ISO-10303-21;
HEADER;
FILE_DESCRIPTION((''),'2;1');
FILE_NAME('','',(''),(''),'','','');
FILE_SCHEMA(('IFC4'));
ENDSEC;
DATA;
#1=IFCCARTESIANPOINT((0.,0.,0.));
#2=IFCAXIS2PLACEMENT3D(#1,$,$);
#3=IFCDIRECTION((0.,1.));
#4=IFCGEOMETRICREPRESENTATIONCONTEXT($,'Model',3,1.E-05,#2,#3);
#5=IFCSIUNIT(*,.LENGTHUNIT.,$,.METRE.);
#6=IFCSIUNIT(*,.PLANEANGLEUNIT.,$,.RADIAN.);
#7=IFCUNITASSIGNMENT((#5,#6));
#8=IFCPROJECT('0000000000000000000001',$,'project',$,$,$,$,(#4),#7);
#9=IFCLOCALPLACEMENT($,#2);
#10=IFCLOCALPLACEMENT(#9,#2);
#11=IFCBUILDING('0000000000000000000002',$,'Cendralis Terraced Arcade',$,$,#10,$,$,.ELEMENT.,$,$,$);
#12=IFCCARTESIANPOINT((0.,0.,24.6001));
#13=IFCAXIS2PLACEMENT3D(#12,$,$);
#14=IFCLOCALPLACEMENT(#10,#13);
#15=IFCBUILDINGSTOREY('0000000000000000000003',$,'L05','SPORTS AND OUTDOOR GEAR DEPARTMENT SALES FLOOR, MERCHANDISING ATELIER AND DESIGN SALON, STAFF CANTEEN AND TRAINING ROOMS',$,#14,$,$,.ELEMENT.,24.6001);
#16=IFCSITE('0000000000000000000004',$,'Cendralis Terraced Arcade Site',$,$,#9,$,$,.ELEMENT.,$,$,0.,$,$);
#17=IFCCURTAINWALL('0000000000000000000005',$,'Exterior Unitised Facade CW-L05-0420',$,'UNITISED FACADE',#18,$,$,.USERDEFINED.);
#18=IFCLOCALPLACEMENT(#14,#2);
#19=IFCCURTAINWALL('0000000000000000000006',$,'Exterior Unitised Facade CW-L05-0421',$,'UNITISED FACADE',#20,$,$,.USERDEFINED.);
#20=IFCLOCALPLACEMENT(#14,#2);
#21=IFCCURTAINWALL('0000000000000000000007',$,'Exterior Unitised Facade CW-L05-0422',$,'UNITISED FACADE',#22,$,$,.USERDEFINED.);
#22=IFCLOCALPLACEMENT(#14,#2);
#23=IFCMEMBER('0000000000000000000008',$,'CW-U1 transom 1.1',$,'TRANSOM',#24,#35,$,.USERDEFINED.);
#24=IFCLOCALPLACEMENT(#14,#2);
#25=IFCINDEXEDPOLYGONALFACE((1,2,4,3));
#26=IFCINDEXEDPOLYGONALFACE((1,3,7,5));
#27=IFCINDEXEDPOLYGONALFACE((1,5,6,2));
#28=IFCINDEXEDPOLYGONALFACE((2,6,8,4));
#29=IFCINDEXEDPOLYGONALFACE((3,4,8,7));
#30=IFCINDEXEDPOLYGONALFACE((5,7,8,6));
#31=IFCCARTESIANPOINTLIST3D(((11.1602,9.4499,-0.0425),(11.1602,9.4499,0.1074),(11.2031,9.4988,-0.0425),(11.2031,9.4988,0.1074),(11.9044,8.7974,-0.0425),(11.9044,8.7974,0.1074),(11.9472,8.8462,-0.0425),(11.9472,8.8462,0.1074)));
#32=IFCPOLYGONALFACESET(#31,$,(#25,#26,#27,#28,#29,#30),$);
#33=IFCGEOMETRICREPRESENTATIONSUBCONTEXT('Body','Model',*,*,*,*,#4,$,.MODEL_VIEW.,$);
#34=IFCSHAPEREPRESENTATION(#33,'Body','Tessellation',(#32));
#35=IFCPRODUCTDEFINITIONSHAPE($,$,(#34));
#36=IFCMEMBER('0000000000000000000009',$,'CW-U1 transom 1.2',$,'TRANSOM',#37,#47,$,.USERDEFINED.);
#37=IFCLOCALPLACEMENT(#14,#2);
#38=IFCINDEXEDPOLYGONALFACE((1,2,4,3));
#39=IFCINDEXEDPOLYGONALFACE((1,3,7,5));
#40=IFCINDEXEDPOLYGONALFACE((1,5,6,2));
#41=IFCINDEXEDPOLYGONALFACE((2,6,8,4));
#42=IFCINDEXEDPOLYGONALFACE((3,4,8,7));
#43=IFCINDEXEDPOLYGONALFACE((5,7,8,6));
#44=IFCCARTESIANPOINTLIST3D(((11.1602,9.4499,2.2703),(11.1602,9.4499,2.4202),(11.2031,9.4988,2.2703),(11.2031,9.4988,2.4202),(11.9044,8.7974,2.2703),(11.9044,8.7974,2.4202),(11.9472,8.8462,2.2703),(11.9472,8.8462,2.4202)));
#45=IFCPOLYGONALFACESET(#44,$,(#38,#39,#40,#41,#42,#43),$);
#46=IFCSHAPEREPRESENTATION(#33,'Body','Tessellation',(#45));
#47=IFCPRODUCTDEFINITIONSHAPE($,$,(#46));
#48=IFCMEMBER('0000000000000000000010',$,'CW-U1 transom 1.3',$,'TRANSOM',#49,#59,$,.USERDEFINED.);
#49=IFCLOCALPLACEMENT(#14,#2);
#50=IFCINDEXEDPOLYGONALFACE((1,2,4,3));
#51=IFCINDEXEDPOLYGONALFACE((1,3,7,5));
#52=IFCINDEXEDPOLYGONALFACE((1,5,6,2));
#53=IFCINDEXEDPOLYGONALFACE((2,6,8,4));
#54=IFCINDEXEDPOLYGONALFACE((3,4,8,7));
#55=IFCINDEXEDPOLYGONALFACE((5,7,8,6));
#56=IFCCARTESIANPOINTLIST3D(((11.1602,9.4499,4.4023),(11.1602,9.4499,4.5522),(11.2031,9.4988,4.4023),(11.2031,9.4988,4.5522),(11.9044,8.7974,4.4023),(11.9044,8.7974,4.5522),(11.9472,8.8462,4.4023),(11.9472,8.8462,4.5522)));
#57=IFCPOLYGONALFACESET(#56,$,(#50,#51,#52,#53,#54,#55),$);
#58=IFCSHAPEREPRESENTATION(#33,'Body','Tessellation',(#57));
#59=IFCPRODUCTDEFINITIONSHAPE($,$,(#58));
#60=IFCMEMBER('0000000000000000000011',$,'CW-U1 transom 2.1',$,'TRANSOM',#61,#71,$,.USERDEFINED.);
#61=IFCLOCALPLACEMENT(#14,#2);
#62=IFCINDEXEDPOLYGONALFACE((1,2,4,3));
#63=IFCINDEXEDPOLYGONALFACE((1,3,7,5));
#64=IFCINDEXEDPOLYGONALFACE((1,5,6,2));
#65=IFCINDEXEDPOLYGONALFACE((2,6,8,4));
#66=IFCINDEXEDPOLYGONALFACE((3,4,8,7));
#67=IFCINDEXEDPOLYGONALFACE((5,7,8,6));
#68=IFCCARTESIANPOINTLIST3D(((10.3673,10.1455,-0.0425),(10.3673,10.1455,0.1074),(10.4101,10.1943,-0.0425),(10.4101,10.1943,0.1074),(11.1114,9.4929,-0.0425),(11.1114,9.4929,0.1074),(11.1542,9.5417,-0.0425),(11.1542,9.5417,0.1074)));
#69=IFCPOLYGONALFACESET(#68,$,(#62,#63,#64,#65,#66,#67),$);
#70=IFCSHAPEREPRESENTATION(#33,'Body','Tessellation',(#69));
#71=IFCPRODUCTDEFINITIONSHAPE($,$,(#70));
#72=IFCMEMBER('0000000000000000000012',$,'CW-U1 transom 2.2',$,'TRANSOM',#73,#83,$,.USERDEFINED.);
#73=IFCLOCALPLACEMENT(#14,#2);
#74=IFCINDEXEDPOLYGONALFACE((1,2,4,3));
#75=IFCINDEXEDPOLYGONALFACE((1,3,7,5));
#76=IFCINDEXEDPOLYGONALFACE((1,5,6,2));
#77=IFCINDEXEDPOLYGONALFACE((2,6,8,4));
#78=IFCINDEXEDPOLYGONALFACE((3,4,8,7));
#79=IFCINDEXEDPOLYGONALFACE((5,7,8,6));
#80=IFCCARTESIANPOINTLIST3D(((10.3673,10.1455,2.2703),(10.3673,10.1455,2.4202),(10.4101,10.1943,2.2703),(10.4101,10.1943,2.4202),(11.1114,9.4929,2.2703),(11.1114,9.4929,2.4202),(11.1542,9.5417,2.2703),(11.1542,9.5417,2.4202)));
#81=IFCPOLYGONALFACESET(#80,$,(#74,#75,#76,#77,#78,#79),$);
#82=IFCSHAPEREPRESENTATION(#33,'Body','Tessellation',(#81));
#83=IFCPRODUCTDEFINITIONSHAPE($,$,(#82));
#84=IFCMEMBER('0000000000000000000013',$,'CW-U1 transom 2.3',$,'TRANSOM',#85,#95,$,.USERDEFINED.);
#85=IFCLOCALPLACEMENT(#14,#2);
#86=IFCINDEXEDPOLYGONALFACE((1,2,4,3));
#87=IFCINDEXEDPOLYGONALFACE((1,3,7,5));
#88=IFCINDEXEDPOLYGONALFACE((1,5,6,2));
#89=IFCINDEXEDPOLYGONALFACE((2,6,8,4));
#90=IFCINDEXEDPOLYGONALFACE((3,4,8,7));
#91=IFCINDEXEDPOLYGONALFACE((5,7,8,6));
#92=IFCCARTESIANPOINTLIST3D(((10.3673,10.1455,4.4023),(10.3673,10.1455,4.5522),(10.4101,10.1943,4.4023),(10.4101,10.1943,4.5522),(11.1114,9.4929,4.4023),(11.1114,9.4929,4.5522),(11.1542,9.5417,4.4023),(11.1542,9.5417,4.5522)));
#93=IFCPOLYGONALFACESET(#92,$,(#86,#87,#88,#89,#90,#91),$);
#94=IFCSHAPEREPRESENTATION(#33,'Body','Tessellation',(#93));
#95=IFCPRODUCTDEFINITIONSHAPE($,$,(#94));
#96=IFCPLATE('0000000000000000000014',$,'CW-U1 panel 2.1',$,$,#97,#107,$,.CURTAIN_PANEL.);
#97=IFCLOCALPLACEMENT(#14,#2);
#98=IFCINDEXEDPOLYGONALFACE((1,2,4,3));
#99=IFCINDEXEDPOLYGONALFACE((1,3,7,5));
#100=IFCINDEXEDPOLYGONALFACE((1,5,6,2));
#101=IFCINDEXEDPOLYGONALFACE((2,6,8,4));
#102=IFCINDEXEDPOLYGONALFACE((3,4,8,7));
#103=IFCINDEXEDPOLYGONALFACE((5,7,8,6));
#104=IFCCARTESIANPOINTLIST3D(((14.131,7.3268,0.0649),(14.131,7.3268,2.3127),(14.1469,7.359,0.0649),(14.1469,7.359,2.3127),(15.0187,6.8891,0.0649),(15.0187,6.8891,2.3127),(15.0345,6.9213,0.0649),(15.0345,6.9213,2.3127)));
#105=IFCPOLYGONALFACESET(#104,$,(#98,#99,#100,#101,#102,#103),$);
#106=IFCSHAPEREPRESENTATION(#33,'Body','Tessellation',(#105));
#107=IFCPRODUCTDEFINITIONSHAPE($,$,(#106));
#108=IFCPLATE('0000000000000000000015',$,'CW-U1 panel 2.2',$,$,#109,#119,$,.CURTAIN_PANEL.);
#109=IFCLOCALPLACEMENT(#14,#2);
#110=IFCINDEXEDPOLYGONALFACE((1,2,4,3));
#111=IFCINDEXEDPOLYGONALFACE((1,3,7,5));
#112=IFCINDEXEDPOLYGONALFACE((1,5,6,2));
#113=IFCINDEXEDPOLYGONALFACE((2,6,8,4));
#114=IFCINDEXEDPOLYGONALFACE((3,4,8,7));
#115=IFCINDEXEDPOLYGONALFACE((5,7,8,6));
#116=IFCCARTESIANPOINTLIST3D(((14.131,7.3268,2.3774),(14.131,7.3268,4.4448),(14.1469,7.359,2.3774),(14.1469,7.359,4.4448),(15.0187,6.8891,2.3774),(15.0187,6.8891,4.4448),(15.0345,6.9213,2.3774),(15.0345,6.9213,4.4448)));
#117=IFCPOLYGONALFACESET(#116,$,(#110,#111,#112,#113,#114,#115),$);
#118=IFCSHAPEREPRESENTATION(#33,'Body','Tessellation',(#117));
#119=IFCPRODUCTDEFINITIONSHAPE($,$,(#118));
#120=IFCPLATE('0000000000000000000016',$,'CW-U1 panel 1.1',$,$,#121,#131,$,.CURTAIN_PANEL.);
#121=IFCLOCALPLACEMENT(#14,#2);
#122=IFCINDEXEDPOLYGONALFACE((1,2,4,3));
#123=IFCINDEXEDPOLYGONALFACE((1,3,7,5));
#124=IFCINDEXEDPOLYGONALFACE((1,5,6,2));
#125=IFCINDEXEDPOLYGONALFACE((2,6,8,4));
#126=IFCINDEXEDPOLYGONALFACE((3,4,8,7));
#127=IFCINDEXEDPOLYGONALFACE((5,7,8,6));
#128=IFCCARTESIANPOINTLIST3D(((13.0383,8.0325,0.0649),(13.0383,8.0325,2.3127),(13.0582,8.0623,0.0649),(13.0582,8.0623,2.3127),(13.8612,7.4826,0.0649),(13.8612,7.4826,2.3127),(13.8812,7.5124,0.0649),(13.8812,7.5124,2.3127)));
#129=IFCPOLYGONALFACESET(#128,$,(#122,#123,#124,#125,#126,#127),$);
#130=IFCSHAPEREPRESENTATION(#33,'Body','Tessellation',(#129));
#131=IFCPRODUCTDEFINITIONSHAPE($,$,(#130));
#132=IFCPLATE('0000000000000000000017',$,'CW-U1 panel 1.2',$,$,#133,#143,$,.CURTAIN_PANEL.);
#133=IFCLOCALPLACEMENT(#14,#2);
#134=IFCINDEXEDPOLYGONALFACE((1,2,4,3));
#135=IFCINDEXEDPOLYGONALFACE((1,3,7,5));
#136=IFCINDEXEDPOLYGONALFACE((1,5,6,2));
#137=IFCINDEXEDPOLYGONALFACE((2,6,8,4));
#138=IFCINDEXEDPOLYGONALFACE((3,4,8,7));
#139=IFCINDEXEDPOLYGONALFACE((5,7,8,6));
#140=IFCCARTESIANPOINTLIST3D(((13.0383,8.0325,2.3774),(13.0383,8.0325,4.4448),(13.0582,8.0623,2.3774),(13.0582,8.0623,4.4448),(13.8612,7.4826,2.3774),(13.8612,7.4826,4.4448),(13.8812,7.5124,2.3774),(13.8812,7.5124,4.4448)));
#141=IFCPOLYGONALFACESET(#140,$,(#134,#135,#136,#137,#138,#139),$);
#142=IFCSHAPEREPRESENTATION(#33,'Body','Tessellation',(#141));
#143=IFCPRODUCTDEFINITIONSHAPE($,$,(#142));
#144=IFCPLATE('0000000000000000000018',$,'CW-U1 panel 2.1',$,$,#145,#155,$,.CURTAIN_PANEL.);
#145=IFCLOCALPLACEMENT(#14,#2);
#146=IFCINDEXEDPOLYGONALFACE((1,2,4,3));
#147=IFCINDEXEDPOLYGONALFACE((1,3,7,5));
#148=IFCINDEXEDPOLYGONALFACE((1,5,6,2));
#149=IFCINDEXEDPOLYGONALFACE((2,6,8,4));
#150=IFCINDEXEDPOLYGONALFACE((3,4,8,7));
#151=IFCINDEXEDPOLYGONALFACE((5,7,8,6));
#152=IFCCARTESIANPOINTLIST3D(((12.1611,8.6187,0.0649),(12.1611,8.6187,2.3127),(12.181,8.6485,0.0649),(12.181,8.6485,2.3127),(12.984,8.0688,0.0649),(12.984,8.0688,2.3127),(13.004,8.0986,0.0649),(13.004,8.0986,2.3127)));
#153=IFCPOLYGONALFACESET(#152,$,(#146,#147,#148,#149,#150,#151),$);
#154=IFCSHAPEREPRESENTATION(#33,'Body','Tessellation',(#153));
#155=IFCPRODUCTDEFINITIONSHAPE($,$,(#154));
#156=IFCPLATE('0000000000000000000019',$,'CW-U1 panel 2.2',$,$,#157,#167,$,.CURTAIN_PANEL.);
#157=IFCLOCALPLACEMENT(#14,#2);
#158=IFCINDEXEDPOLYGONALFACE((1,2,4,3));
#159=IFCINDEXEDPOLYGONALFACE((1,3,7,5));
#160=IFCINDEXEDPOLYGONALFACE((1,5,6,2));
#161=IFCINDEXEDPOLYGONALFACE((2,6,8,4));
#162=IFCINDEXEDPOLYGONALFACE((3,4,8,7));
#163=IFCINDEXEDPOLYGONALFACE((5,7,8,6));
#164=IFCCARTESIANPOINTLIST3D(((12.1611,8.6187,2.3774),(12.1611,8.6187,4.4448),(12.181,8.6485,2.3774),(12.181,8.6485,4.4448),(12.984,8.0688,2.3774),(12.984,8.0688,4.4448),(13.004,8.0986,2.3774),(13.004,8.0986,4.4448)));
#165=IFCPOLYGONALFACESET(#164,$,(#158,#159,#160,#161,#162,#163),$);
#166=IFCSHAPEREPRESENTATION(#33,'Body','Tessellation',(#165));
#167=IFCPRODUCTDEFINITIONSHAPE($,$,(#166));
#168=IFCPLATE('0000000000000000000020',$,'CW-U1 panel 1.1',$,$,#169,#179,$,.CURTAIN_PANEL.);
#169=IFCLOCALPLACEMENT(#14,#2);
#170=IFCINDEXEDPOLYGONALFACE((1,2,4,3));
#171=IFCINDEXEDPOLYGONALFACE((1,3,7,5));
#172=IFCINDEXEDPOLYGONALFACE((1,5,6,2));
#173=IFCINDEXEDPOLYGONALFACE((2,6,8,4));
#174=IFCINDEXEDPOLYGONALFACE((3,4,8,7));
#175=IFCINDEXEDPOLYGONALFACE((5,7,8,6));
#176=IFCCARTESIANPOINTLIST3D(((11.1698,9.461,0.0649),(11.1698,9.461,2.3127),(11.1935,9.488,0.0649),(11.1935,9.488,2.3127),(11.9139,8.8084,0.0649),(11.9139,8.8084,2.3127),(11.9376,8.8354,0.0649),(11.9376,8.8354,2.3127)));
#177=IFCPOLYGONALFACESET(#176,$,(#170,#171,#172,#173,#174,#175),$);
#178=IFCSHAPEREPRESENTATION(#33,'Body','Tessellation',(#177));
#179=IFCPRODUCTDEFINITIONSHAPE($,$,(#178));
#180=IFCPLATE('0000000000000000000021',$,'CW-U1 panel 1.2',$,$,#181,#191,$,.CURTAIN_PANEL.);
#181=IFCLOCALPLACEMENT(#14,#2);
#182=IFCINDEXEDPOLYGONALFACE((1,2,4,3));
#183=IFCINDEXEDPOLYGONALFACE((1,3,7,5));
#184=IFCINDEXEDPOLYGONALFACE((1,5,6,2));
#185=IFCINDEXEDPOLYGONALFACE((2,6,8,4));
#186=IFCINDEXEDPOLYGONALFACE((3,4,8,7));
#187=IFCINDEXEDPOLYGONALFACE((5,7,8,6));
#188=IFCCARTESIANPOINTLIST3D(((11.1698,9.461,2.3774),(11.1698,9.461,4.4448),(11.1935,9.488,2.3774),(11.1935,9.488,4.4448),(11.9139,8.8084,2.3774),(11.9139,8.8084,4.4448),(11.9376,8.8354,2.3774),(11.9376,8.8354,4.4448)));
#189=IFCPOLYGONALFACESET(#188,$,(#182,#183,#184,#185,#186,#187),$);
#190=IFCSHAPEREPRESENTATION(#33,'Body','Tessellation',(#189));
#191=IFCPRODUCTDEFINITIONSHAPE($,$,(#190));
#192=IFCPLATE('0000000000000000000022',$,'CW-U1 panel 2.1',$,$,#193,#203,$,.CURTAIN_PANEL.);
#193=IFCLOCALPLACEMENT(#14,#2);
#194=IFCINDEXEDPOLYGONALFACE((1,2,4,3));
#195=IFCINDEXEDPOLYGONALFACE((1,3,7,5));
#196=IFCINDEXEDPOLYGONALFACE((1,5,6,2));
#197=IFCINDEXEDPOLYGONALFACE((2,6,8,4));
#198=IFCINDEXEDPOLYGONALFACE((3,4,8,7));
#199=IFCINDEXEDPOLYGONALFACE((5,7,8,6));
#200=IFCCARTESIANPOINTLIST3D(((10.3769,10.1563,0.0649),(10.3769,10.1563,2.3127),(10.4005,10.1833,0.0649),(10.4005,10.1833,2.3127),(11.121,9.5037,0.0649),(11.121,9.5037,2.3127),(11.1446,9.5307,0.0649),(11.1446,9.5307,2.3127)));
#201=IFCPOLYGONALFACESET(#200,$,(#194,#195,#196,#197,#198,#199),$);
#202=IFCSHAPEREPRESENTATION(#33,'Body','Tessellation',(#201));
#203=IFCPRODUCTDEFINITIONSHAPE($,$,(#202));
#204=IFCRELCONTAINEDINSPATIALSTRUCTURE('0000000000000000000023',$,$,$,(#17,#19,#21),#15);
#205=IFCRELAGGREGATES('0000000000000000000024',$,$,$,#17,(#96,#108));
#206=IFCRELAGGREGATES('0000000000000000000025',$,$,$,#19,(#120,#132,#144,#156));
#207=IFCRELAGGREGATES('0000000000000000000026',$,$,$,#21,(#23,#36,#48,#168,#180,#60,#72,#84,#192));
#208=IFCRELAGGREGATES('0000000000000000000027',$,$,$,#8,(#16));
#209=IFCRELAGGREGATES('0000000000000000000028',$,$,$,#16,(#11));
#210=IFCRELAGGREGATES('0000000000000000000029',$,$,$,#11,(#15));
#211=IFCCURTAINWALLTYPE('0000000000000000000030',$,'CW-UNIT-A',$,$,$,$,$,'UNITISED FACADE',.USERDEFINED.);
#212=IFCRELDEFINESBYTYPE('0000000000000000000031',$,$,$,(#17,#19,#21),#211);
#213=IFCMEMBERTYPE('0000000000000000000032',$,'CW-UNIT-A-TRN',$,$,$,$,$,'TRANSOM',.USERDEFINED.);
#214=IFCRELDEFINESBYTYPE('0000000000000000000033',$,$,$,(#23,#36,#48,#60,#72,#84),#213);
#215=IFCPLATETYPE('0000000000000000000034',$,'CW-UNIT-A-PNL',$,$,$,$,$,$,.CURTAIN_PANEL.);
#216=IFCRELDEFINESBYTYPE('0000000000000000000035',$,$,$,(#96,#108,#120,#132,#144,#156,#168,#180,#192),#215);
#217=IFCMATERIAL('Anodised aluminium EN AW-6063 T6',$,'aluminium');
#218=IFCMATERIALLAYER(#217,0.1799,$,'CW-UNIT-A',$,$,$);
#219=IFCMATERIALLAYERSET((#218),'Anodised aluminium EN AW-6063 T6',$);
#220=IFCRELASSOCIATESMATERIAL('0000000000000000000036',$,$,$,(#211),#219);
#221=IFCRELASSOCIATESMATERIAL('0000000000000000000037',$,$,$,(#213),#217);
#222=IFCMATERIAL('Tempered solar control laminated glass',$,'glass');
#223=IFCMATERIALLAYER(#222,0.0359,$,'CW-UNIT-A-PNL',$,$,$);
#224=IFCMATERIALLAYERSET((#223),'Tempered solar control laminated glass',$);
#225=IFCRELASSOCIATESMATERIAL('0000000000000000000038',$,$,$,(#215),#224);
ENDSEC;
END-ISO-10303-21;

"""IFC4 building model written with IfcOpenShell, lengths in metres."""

from ifc_helpers import new_model, si_unit, direction, frame, origin, origin_2d, place, context, subcontext, project, spatial, rectangle, extrude, material, layer, layer_set, material_profile, profile_set, type_object, element, aggregate, save


model = new_model("IFC4")

# Units and contexts
model_context = context("Model", 3, precision=1e-05, world=origin(), true_north=direction((0.0, 1.0)))
body_context = subcontext(model_context, "Body", "Model", "MODEL_VIEW")
ifc_project = project(units=[si_unit("LENGTHUNIT", "METRE"), si_unit("PLANEANGLEUNIT", "RADIAN")], contexts=[model_context])

# Site, building, storey
site_placement = place(None, origin())
site = spatial("IfcSite", under=ifc_project, at=site_placement, Name="Cendralis Terraced Arcade Site", CompositionType="ELEMENT", RefElevation=0.0)
building_placement = place(site_placement, origin())
building = spatial("IfcBuilding", under=site, at=building_placement, Name="Cendralis Terraced Arcade", CompositionType="ELEMENT")
storey_placement = place(building_placement, frame((0.0, 0.0, 24.6001)))
storey = spatial("IfcBuildingStorey", under=building, at=storey_placement, Name="L05", Description="SPORTS AND OUTDOOR GEAR DEPARTMENT SALES FLOOR, MERCHANDISING ATELIER AND DESIGN SALON, STAFF CANTEEN AND TRAINING ROOMS", CompositionType="ELEMENT", Elevation=24.6001)

# Curtain wall
ifc_material_1 = material(Name="Anodised aluminium EN AW-6063 T6", Category="aluminium")
ifc_layer_1 = layer(ifc_material_1, 0.1799, Name="CW-UNIT-A")
ifc_layer_set_1 = layer_set([ifc_layer_1], Name="Anodised aluminium EN AW-6063 T6")
curtain_wall_type = type_object("IfcCurtainWallType", Name="CW-UNIT-A", ElementType="UNITISED FACADE", PredefinedType="USERDEFINED", material=ifc_layer_set_1)
curtain_wall_1_placement = place(storey_placement, origin())
curtain_wall_1 = element("IfcCurtainWall", 1, at=curtain_wall_1_placement, inside=storey, type_object=curtain_wall_type, Name="Exterior Unitised Facade CW-L05-0420", ObjectType="UNITISED FACADE", PredefinedType="USERDEFINED")

# Curtain walls
curtain_wall_2_placement = place(storey_placement, origin())
curtain_wall_2 = element("IfcCurtainWall", 2, at=curtain_wall_2_placement, inside=storey, type_object=curtain_wall_type, Name="Exterior Unitised Facade CW-L05-0421", ObjectType="UNITISED FACADE", PredefinedType="USERDEFINED")
curtain_wall_3_placement = place(storey_placement, origin())
curtain_wall_3 = element("IfcCurtainWall", 3, at=curtain_wall_3_placement, inside=storey, type_object=curtain_wall_type, Name="Exterior Unitised Facade CW-L05-0422", ObjectType="UNITISED FACADE", PredefinedType="USERDEFINED")

# Members
ifc_material_profile_1 = material_profile(ifc_material_1, rectangle(XDim=0.0649, YDim=0.1499, at=origin_2d()), Name="ALU-TRN-65x150")
ifc_profile_set_1 = profile_set([ifc_material_profile_1], Name="Anodised aluminium EN AW-6063 T6")
member_type_1 = type_object("IfcMemberType", Name="CW-UNIT-A-TRN", ElementType="TRANSOM", PredefinedType="USERDEFINED", material=ifc_profile_set_1)
member_1_placement = place(storey_placement, frame((11.9258, 8.8218, 0.0325), z_axis=(-0.751843, 0.659342, 0.0), x_axis=(-0.659342, -0.751843, 0.0)))
member_1 = element("IfcMember", 4, at=member_1_placement, type_object=member_type_1, Name="CW-U1 transom 1.1", ObjectType="TRANSOM", PredefinedType="USERDEFINED", context=body_context, shape_type="SweptSolid", body=[
    extrude(rectangle(XDim=0.0649, YDim=0.1499, at=origin_2d()), origin(), (0.0, 0.0, 1.0), 0.9897),
])
member_2_placement = place(storey_placement, frame((11.9258, 8.8218, 2.3452), z_axis=(-0.751843, 0.659342, 0.0), x_axis=(-0.659342, -0.751843, 0.0)))
member_2 = element("IfcMember", 5, at=member_2_placement, type_object=member_type_1, Name="CW-U1 transom 1.2", ObjectType="TRANSOM", PredefinedType="USERDEFINED", context=body_context, shape_type="SweptSolid", body=[
    extrude(rectangle(XDim=0.0649, YDim=0.1499, at=origin_2d()), origin(), (0.0, 0.0, 1.0), 0.9897),
])
member_3_placement = place(storey_placement, frame((11.9258, 8.8218, 4.4773), z_axis=(-0.751843, 0.659342, 0.0), x_axis=(-0.659342, -0.751843, 0.0)))
member_3 = element("IfcMember", 6, at=member_3_placement, type_object=member_type_1, Name="CW-U1 transom 1.3", ObjectType="TRANSOM", PredefinedType="USERDEFINED", context=body_context, shape_type="SweptSolid", body=[
    extrude(rectangle(XDim=0.0649, YDim=0.1499, at=origin_2d()), origin(), (0.0, 0.0, 1.0), 0.9897),
])
member_4_placement = place(storey_placement, frame((11.1328, 9.5173, 0.0325), z_axis=(-0.751843, 0.659342, 0.0), x_axis=(-0.659342, -0.751843, 0.0)))
member_4 = element("IfcMember", 7, at=member_4_placement, type_object=member_type_1, Name="CW-U1 transom 2.1", ObjectType="TRANSOM", PredefinedType="USERDEFINED", context=body_context, shape_type="SweptSolid", body=[
    extrude(rectangle(XDim=0.0649, YDim=0.1499, at=origin_2d()), origin(), (0.0, 0.0, 1.0), 0.9897),
])
member_5_placement = place(storey_placement, frame((11.1328, 9.5173, 2.3452), z_axis=(-0.751843, 0.659342, 0.0), x_axis=(-0.659342, -0.751843, 0.0)))
member_5 = element("IfcMember", 8, at=member_5_placement, type_object=member_type_1, Name="CW-U1 transom 2.2", ObjectType="TRANSOM", PredefinedType="USERDEFINED", context=body_context, shape_type="SweptSolid", body=[
    extrude(rectangle(XDim=0.0649, YDim=0.1499, at=origin_2d()), origin(), (0.0, 0.0, 1.0), 0.9897),
])
member_6_placement = place(storey_placement, frame((11.1328, 9.5173, 4.4773), z_axis=(-0.751843, 0.659342, 0.0), x_axis=(-0.659342, -0.751843, 0.0)))
member_6 = element("IfcMember", 9, at=member_6_placement, type_object=member_type_1, Name="CW-U1 transom 2.3", ObjectType="TRANSOM", PredefinedType="USERDEFINED", context=body_context, shape_type="SweptSolid", body=[
    extrude(rectangle(XDim=0.0649, YDim=0.1499, at=origin_2d()), origin(), (0.0, 0.0, 1.0), 0.9897),
])

# Plates
ifc_material_2 = material(Name="Tempered solar control laminated glass", Category="glass")
ifc_layer_2 = layer(ifc_material_2, 0.0359, Name="CW-UNIT-A-PNL")
ifc_layer_set_2 = layer_set([ifc_layer_2], Name="Tempered solar control laminated glass")
plate_type = type_object("IfcPlateType", Name="CW-UNIT-A-PNL", PredefinedType="CURTAIN_PANEL", material=ifc_layer_set_2)
plate_1_placement = place(storey_placement, frame((14.5828, 7.124, 0.0649), z_axis=(0.0, 0.0, 1.0), x_axis=(-0.896888, 0.442259, 0.0)))
plate_1 = element("IfcPlate", 10, at=plate_1_placement, type_object=plate_type, Name="CW-U1 panel 2.1", PredefinedType="CURTAIN_PANEL", context=body_context, shape_type="SweptSolid", body=[
    extrude(rectangle(XDim=0.9897, YDim=0.0359, at=origin_2d()), origin(), (0.0, 0.0, 1.0), 2.2478),
])
plate_2_placement = place(storey_placement, frame((14.5828, 7.124, 2.3774), z_axis=(0.0, 0.0, 1.0), x_axis=(-0.896888, 0.442259, 0.0)))
plate_2 = element("IfcPlate", 11, at=plate_2_placement, type_object=plate_type, Name="CW-U1 panel 2.2", PredefinedType="CURTAIN_PANEL", context=body_context, shape_type="SweptSolid", body=[
    extrude(rectangle(XDim=0.9897, YDim=0.0359, at=origin_2d()), origin(), (0.0, 0.0, 1.0), 2.0674),
])
aggregate(curtain_wall_1, [plate_1, plate_2])
plate_3_placement = place(storey_placement, frame((13.4597, 7.7725, 0.0649), z_axis=(0.0, 0.0, 1.0), x_axis=(-0.831477, 0.555559, 0.0)))
plate_3 = element("IfcPlate", 12, at=plate_3_placement, type_object=plate_type, Name="CW-U1 panel 1.1", PredefinedType="CURTAIN_PANEL", context=body_context, shape_type="SweptSolid", body=[
    extrude(rectangle(XDim=0.9897, YDim=0.0359, at=origin_2d()), origin(), (0.0, 0.0, 1.0), 2.2478),
])
plate_4_placement = place(storey_placement, frame((13.4597, 7.7725, 2.3774), z_axis=(0.0, 0.0, 1.0), x_axis=(-0.831477, 0.555559, 0.0)))
plate_4 = element("IfcPlate", 13, at=plate_4_placement, type_object=plate_type, Name="CW-U1 panel 1.2", PredefinedType="CURTAIN_PANEL", context=body_context, shape_type="SweptSolid", body=[
    extrude(rectangle(XDim=0.9897, YDim=0.0359, at=origin_2d()), origin(), (0.0, 0.0, 1.0), 2.0674),
])
plate_5_placement = place(storey_placement, frame((12.5825, 8.3586, 0.0649), z_axis=(0.0, 0.0, 1.0), x_axis=(-0.831477, 0.555559, 0.0)))
plate_5 = element("IfcPlate", 14, at=plate_5_placement, type_object=plate_type, Name="CW-U1 panel 2.1", PredefinedType="CURTAIN_PANEL", context=body_context, shape_type="SweptSolid", body=[
    extrude(rectangle(XDim=0.9897, YDim=0.0359, at=origin_2d()), origin(), (0.0, 0.0, 1.0), 2.2478),
])
plate_6_placement = place(storey_placement, frame((12.5825, 8.3586, 2.3774), z_axis=(0.0, 0.0, 1.0), x_axis=(-0.831477, 0.555559, 0.0)))
plate_6 = element("IfcPlate", 15, at=plate_6_placement, type_object=plate_type, Name="CW-U1 panel 2.2", PredefinedType="CURTAIN_PANEL", context=body_context, shape_type="SweptSolid", body=[
    extrude(rectangle(XDim=0.9897, YDim=0.0359, at=origin_2d()), origin(), (0.0, 0.0, 1.0), 2.0674),
])
aggregate(curtain_wall_2, [plate_3, plate_4, plate_5, plate_6])
plate_7_placement = place(storey_placement, frame((11.5537, 9.1482, 0.0649), z_axis=(0.0, 0.0, 1.0), x_axis=(-0.75179, 0.659403, 0.0)))
plate_7 = element("IfcPlate", 16, at=plate_7_placement, type_object=plate_type, Name="CW-U1 panel 1.1", PredefinedType="CURTAIN_PANEL", context=body_context, shape_type="SweptSolid", body=[
    extrude(rectangle(XDim=0.9897, YDim=0.0359, at=origin_2d()), origin(), (0.0, 0.0, 1.0), 2.2478),
])
plate_8_placement = place(storey_placement, frame((11.5537, 9.1482, 2.3774), z_axis=(0.0, 0.0, 1.0), x_axis=(-0.75179, 0.659403, 0.0)))
plate_8 = element("IfcPlate", 17, at=plate_8_placement, type_object=plate_type, Name="CW-U1 panel 1.2", PredefinedType="CURTAIN_PANEL", context=body_context, shape_type="SweptSolid", body=[
    extrude(rectangle(XDim=0.9897, YDim=0.0359, at=origin_2d()), origin(), (0.0, 0.0, 1.0), 2.0674),
])
plate_9_placement = place(storey_placement, frame((10.7607, 9.8435, 0.0649), z_axis=(0.0, 0.0, 1.0), x_axis=(-0.75179, 0.659403, 0.0)))
plate_9 = element("IfcPlate", 18, at=plate_9_placement, type_object=plate_type, Name="CW-U1 panel 2.1", PredefinedType="CURTAIN_PANEL", context=body_context, shape_type="SweptSolid", body=[
    extrude(rectangle(XDim=0.9897, YDim=0.0359, at=origin_2d()), origin(), (0.0, 0.0, 1.0), 2.2478),
])
aggregate(curtain_wall_3, [member_1, member_2, member_3, plate_7, plate_8, member_4, member_5, member_6, plate_9])

save(model, "model.ifc")
